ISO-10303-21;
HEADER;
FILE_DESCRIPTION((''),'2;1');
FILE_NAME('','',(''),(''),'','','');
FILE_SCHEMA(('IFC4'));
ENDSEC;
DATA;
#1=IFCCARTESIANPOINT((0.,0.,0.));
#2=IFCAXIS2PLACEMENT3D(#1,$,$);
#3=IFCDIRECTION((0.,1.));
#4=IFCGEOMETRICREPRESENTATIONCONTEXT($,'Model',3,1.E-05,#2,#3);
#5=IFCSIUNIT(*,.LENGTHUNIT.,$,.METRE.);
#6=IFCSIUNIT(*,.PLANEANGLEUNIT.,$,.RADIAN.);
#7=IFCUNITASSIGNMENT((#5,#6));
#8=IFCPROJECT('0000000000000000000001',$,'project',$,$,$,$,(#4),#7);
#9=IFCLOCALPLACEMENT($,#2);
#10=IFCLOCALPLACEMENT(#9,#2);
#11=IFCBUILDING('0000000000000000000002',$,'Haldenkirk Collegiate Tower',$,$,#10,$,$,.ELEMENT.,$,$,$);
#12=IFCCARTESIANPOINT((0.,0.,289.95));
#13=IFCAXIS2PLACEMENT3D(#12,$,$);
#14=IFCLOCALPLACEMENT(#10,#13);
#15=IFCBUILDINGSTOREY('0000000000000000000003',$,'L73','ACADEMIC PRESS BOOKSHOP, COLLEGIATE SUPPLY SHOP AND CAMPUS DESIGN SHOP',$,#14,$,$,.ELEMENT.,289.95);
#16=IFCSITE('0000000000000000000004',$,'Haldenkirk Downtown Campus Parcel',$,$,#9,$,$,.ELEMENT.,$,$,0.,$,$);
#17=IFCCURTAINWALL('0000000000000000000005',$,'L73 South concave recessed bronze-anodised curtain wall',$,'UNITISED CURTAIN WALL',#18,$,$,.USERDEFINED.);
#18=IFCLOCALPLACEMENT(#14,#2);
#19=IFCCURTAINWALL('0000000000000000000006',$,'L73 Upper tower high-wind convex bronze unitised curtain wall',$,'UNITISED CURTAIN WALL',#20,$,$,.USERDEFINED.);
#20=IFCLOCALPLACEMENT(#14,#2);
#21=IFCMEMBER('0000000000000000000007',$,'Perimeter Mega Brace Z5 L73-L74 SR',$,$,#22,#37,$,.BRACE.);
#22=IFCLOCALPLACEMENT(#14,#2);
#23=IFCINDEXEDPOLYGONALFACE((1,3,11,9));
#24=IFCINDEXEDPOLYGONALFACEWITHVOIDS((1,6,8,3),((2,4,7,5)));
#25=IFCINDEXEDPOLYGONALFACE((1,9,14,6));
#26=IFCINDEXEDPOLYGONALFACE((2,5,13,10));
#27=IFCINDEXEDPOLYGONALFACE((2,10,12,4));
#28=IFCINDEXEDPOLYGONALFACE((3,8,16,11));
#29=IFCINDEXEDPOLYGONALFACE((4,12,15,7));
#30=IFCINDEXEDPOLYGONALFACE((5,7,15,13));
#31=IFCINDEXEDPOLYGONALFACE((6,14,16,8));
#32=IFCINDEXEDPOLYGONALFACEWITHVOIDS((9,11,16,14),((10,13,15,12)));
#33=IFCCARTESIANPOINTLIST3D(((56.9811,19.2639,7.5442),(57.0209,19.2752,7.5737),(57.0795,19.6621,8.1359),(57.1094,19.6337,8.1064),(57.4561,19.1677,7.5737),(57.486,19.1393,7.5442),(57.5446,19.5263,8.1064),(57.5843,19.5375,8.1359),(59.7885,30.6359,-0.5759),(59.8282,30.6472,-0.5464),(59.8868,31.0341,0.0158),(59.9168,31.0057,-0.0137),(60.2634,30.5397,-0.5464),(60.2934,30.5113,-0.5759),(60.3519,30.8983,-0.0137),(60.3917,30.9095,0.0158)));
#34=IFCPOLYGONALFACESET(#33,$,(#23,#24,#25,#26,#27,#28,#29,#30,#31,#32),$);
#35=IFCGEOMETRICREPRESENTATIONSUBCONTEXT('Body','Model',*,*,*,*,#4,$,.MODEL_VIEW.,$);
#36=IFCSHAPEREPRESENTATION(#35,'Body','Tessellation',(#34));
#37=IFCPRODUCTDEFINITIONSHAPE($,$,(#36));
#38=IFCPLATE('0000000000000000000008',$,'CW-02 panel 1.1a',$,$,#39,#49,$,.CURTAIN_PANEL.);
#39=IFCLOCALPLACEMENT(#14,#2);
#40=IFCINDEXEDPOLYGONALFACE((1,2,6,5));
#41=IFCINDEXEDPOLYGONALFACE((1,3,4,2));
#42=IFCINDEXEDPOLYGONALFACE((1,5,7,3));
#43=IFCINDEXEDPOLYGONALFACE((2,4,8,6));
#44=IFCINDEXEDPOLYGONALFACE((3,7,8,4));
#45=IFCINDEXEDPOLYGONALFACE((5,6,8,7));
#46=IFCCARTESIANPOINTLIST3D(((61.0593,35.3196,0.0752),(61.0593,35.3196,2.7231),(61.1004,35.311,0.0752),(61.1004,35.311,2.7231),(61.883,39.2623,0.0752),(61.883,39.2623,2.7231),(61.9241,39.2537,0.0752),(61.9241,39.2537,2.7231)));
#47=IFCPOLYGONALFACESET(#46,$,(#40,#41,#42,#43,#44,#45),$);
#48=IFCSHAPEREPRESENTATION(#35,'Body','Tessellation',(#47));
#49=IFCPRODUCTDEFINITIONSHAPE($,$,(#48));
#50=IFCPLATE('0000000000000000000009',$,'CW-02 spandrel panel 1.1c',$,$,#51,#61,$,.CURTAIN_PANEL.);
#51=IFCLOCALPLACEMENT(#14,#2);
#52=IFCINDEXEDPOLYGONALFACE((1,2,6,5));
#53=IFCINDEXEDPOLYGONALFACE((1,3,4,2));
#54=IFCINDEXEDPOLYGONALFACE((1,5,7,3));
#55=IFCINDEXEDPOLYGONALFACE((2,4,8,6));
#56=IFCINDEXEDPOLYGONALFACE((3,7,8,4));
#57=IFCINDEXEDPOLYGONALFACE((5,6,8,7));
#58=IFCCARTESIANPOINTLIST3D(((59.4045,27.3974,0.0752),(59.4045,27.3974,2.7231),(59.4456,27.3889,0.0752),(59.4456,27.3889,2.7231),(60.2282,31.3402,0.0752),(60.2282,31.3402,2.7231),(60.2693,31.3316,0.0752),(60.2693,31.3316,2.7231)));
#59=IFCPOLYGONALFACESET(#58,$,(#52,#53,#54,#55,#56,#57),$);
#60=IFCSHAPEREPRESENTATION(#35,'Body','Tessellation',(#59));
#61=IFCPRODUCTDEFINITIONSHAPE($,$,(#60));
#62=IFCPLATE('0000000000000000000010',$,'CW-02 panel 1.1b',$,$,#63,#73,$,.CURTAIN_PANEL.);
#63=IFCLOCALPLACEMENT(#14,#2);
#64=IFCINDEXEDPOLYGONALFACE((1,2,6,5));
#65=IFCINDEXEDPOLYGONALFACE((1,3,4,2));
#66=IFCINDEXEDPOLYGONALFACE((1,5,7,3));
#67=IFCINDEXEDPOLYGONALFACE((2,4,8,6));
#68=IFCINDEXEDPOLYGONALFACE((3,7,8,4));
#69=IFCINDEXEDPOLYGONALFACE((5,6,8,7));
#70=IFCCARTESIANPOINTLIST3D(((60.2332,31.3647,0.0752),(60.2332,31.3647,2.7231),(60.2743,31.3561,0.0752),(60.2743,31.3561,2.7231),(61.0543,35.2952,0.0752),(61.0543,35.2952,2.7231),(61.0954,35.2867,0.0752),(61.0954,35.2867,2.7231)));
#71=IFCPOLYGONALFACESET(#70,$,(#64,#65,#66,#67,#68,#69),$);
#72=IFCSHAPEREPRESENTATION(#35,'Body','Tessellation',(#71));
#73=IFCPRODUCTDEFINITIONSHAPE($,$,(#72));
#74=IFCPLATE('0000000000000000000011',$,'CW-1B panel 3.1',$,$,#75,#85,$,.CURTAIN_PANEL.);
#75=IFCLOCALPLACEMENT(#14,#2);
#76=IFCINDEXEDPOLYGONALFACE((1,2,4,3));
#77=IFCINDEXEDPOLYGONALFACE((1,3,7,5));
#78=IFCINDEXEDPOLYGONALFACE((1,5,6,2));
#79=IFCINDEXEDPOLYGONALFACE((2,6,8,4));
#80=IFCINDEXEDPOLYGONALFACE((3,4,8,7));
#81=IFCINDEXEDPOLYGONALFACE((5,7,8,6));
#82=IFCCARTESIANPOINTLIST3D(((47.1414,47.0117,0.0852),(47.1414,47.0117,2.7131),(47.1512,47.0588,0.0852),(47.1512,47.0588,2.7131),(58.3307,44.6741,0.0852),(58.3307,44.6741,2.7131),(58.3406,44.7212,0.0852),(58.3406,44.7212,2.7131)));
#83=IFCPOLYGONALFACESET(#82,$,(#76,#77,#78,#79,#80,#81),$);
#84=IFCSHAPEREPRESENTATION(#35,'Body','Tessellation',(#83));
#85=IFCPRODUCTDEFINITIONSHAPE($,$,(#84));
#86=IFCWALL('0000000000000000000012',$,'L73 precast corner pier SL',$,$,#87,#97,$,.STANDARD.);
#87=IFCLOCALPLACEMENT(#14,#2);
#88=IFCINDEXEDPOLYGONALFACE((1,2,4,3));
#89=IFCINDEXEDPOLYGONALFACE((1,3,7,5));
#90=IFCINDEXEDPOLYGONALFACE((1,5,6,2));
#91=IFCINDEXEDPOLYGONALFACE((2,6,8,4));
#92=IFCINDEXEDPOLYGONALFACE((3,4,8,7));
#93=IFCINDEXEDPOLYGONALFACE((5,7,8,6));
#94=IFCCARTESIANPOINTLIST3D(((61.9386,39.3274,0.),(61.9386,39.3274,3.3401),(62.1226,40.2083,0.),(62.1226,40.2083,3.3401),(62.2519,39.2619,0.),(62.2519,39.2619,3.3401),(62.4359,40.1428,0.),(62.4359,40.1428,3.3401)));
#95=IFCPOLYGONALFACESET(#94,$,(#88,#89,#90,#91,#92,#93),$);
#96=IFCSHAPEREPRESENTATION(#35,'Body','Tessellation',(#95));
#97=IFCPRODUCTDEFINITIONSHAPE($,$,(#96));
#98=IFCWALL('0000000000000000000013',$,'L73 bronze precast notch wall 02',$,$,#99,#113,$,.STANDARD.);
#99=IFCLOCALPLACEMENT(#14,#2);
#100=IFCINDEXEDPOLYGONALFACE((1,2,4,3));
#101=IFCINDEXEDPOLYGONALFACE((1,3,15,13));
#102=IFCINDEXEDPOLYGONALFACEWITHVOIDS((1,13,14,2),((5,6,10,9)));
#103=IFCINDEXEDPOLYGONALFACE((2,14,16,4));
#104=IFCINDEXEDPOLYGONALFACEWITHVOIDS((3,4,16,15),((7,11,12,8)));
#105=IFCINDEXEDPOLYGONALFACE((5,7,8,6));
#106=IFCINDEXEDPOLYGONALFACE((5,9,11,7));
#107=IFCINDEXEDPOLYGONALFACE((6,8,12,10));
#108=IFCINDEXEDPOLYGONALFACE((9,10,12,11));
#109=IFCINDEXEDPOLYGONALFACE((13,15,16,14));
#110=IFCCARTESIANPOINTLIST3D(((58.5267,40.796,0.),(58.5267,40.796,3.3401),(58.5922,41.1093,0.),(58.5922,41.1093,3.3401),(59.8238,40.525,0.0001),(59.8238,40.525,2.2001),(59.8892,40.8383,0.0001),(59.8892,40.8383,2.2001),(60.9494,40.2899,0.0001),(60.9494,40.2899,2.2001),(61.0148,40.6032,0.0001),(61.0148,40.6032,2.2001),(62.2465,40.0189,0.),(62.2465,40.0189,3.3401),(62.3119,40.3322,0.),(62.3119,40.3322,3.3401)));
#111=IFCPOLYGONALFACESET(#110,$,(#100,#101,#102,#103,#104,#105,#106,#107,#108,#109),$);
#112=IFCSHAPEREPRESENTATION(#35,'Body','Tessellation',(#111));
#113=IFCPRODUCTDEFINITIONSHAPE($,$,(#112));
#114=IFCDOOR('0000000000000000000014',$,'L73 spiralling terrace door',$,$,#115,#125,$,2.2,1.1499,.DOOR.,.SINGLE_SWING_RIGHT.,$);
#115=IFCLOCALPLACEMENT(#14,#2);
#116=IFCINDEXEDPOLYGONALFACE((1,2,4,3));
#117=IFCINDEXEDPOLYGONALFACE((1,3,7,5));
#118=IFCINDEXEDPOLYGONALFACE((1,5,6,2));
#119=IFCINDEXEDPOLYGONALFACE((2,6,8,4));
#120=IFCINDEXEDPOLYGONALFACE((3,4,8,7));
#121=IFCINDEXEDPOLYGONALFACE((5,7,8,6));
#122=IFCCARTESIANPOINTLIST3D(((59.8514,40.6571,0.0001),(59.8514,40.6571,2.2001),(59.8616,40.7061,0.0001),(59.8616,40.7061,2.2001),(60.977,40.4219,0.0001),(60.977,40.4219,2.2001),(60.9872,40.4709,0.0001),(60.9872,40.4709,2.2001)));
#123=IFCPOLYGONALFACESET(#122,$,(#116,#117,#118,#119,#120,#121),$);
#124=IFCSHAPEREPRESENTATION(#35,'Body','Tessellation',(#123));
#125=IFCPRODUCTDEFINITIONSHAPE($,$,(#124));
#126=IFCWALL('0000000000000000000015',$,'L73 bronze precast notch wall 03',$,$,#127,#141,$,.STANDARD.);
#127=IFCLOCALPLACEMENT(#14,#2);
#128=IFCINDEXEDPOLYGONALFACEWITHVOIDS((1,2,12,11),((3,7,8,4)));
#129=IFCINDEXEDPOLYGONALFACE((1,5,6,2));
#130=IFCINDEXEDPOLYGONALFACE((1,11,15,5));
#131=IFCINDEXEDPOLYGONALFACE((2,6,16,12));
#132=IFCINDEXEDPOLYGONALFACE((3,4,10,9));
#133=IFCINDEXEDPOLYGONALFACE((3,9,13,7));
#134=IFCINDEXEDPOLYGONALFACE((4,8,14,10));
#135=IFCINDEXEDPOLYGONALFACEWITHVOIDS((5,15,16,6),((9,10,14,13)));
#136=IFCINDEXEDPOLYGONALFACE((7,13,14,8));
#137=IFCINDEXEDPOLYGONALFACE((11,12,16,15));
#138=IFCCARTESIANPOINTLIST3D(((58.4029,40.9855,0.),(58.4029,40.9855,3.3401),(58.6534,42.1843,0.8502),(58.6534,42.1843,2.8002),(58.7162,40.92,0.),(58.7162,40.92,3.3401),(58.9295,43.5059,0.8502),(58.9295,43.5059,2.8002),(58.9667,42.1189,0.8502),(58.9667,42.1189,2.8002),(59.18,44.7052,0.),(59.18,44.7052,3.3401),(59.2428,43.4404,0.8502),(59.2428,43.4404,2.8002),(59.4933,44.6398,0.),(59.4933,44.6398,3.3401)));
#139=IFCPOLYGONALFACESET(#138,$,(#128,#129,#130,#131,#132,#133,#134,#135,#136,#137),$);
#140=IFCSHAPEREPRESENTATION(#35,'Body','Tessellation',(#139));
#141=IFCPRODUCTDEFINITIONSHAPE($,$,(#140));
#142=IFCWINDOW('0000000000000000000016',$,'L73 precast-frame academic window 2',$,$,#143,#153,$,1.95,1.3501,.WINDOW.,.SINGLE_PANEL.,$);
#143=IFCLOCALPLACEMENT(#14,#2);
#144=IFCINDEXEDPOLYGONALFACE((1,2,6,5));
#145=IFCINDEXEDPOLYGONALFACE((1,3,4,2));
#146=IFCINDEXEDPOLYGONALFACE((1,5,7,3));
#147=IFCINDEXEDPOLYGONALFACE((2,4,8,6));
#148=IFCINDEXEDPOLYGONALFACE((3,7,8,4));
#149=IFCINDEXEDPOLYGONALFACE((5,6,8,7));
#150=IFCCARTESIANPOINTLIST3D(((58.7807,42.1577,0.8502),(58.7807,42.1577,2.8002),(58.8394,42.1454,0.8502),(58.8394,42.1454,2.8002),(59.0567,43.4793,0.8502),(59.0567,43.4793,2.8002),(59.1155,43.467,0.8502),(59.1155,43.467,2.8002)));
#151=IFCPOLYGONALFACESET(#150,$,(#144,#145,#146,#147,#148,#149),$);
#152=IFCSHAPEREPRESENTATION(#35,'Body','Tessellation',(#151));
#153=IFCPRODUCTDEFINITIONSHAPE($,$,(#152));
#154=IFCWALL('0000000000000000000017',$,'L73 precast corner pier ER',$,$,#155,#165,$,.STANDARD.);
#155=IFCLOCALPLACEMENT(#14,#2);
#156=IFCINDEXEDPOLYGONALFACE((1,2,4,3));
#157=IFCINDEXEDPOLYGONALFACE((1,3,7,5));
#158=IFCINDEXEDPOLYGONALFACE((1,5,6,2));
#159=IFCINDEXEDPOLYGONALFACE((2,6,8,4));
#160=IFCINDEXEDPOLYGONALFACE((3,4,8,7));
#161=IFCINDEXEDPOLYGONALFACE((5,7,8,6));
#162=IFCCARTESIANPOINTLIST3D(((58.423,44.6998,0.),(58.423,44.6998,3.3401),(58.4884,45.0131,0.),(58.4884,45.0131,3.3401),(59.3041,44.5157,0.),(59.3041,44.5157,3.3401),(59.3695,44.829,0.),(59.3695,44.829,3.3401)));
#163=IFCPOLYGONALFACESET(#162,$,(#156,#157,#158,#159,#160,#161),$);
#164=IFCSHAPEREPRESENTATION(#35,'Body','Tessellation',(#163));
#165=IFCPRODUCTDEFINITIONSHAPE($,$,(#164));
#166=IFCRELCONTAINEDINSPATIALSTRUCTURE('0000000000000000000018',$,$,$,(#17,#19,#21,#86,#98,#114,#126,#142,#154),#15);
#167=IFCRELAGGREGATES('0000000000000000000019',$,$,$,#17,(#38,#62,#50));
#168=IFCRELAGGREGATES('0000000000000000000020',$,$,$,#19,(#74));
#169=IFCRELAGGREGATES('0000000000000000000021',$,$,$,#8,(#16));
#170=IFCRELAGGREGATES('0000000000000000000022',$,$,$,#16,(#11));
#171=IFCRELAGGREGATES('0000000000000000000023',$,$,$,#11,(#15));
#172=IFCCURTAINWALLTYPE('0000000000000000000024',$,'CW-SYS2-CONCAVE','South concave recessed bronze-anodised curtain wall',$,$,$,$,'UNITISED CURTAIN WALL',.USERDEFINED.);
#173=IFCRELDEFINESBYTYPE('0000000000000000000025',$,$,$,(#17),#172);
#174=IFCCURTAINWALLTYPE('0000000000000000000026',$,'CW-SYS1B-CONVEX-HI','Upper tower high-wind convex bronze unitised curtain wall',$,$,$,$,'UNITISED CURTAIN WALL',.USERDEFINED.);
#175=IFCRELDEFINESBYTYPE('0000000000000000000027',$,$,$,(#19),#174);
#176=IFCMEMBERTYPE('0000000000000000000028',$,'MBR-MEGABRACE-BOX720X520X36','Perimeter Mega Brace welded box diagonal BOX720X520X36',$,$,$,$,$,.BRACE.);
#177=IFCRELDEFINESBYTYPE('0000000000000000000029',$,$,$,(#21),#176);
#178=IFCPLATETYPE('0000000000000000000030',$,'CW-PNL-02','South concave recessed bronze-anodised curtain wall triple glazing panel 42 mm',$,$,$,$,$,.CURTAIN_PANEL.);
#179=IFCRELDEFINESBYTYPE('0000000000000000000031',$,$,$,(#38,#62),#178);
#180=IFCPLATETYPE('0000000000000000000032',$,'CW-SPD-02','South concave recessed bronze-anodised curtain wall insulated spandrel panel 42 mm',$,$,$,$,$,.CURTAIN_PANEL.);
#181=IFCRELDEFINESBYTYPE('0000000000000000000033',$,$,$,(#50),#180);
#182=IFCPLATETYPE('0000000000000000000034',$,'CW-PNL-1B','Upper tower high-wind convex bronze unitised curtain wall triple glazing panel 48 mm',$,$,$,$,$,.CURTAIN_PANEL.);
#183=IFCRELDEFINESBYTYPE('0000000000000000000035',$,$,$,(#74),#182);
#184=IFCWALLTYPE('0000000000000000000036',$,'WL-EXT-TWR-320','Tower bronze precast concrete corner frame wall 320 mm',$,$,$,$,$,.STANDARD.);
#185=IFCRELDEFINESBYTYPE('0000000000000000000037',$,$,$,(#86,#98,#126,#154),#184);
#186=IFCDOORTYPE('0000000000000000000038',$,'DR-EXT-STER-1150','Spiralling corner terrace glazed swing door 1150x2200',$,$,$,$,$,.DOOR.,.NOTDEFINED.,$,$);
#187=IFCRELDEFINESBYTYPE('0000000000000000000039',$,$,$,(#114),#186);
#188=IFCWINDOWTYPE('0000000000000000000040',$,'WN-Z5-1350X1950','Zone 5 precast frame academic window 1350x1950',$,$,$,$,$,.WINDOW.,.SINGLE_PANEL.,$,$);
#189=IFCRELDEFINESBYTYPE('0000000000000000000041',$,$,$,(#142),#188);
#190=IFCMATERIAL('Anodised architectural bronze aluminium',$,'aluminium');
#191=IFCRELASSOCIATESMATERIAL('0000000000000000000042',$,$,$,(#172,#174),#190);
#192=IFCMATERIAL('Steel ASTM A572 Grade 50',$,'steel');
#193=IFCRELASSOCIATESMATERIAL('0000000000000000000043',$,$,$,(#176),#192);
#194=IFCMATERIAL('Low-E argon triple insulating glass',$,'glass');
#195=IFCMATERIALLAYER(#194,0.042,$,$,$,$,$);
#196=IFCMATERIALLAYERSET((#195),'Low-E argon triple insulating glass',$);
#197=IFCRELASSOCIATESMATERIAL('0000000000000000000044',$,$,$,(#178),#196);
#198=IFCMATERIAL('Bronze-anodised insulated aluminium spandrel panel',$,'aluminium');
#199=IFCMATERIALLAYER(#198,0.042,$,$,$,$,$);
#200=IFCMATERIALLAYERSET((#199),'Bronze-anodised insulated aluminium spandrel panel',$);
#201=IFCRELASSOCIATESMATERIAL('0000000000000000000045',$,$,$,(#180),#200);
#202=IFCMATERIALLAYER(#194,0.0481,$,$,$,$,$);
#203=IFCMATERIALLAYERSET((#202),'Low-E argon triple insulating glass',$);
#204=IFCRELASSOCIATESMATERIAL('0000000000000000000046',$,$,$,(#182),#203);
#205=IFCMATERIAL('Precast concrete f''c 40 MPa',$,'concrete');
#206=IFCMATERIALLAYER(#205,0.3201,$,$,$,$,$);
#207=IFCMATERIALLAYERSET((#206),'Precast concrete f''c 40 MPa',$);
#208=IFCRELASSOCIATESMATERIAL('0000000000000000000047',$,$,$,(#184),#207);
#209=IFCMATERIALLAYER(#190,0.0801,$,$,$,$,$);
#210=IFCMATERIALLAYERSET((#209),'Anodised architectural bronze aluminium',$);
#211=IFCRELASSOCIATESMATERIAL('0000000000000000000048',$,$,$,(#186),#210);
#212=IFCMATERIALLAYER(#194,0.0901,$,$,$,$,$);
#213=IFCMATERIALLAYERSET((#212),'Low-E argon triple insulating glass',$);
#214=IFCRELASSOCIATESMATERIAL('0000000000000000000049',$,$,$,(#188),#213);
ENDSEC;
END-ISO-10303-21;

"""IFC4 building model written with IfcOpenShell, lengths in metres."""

from ifc_helpers import new_model, si_unit, direction, frame, frame_2d, origin, origin_2d, place, context, subcontext, project, spatial, rectangle, hollow_rectangle, extrude, source, transform, mapped, material, layer, layer_set, material_profile, profile_set, type_object, element, fill, aggregate, save


model = new_model("IFC4")

# Units and contexts
model_context = context("Model", 3, precision=1e-05, world=origin(), true_north=direction((0.0, 1.0)))
body_context = subcontext(model_context, "Body", "Model", "MODEL_VIEW")
ifc_project = project(units=[si_unit("LENGTHUNIT", "METRE"), si_unit("PLANEANGLEUNIT", "RADIAN")], contexts=[model_context])

# Site, building, storey
site_placement = place(None, origin())
site = spatial("IfcSite", under=ifc_project, at=site_placement, Name="Haldenkirk Downtown Campus Parcel", CompositionType="ELEMENT", RefElevation=0.0)
building_placement = place(site_placement, origin())
building = spatial("IfcBuilding", under=site, at=building_placement, Name="Haldenkirk Collegiate Tower", CompositionType="ELEMENT")
storey_placement = place(building_placement, frame((0.0, 0.0, 289.95)))
storey = spatial("IfcBuildingStorey", under=building, at=storey_placement, Name="L73", Description="ACADEMIC PRESS BOOKSHOP, COLLEGIATE SUPPLY SHOP AND CAMPUS DESIGN SHOP", CompositionType="ELEMENT", Elevation=289.95)

# Shared definitions
ifc_material_1 = material(Name="Steel ASTM A572 Grade 50", Category="steel")

# Curtain wall
ifc_material_2 = material(Name="Anodised architectural bronze aluminium", Category="aluminium")
curtain_wall_type_1 = type_object("IfcCurtainWallType", Name="CW-SYS2-CONCAVE", Description="South concave recessed bronze-anodised curtain wall", ElementType="UNITISED CURTAIN WALL", PredefinedType="USERDEFINED", material=ifc_material_2)
curtain_wall_1_placement = place(storey_placement, origin())
curtain_wall_1 = element("IfcCurtainWall", 1, at=curtain_wall_1_placement, inside=storey, type_object=curtain_wall_type_1, Name="L73 South concave recessed bronze-anodised curtain wall", ObjectType="UNITISED CURTAIN WALL", PredefinedType="USERDEFINED")

# Curtain wall
curtain_wall_type_2 = type_object("IfcCurtainWallType", Name="CW-SYS1B-CONVEX-HI", Description="Upper tower high-wind convex bronze unitised curtain wall", ElementType="UNITISED CURTAIN WALL", PredefinedType="USERDEFINED", material=ifc_material_2)
curtain_wall_2_placement = place(storey_placement, origin())
curtain_wall_2 = element("IfcCurtainWall", 2, at=curtain_wall_2_placement, inside=storey, type_object=curtain_wall_type_2, Name="L73 Upper tower high-wind convex bronze unitised curtain wall", ObjectType="UNITISED CURTAIN WALL", PredefinedType="USERDEFINED")

# Member
ifc_material_profile_1 = material_profile(ifc_material_1, hollow_rectangle(XDim=0.52, YDim=0.72, WallThickness=0.0359, at=origin_2d()), Name="BOX720X520X36")
ifc_profile_set_1 = profile_set([ifc_material_profile_1], Name="Steel ASTM A572 Grade 50")
member_type_1 = type_object("IfcMemberType", Name="MBR-MEGABRACE-BOX720X520X36", Description="Perimeter Mega Brace welded box diagonal BOX720X520X36", PredefinedType="BRACE", material=ifc_profile_set_1)
member_1_placement = place(storey_placement, frame((60.0901, 30.7727, -0.28), z_axis=(-0.19697, -0.797885, 0.569722), x_axis=(0.970854, -0.239671, 0.0)))
element("IfcMember", 3, at=member_1_placement, inside=storey, type_object=member_type_1, Name="Perimeter Mega Brace Z5 L73-L74 SR", PredefinedType="BRACE", context=body_context, shape_type="SweptSolid", body=[
    extrude(hollow_rectangle(XDim=0.52, YDim=0.72, WallThickness=0.0359, at=origin_2d()), origin(), (0.0, 0.0, 1.0), 14.2527),
])

# Plates
ifc_material_3 = material(Name="Low-E argon triple insulating glass", Category="glass")
ifc_layer_1 = layer(ifc_material_3, 0.042)
ifc_layer_set_1 = layer_set([ifc_layer_1], Name="Low-E argon triple insulating glass")
plate_type_1 = type_object("IfcPlateType", Name="CW-PNL-02", Description="South concave recessed bronze-anodised curtain wall triple glazing panel 42 mm", PredefinedType="CURTAIN_PANEL", material=ifc_layer_set_1)
shared_shape_1 = source(origin(), body_context, "Body", "SweptSolid", [
    extrude(rectangle(XDim=4.0278, YDim=0.042, at=origin_2d()), origin(), (0.0, 0.0, 1.0), 2.6479),
])
plate_1_placement = place(storey_placement, frame((61.4917, 37.2866, 0.0752), z_axis=(0.0, 0.0, 1.0), x_axis=(-0.204499, -0.978867, 0.0)))
plate_1 = element("IfcPlate", 4, at=plate_1_placement, type_object=plate_type_1, Name="CW-02 panel 1.1a", PredefinedType="CURTAIN_PANEL", context=body_context, shape_type="MappedRepresentation", body=[
    mapped(shared_shape_1, transform((0.0, 0.0, 0.0), x_axis=(1.0, 0.0, 0.0), y_axis=(0.0, 1.0, 0.0), z_axis=(0.0, 0.0, 1.0), scale=1.0)),
])
ifc_material_4 = material(Name="Bronze-anodised insulated aluminium spandrel panel", Category="aluminium")
ifc_layer_2 = layer(ifc_material_4, 0.042)
ifc_layer_set_2 = layer_set([ifc_layer_2], Name="Bronze-anodised insulated aluminium spandrel panel")
plate_type_2 = type_object("IfcPlateType", Name="CW-SPD-02", Description="South concave recessed bronze-anodised curtain wall insulated spandrel panel 42 mm", PredefinedType="CURTAIN_PANEL", material=ifc_layer_set_2)
plate_2_placement = place(storey_placement, frame((59.8369, 29.3645, 0.0752), z_axis=(0.0, 0.0, 1.0), x_axis=(-0.204499, -0.978867, 0.0)))
plate_2 = element("IfcPlate", 5, at=plate_2_placement, type_object=plate_type_2, Name="CW-02 spandrel panel 1.1c", PredefinedType="CURTAIN_PANEL", context=body_context, shape_type="MappedRepresentation", body=[
    mapped(shared_shape_1, transform((0.0, 0.0, 0.0), x_axis=(1.0, 0.0, 0.0), y_axis=(0.0, 1.0, 0.0), z_axis=(0.0, 0.0, 1.0), scale=1.0)),
])
shared_shape_2 = source(origin(), body_context, "Body", "SweptSolid", [
    extrude(rectangle(XDim=4.0154, YDim=0.042, at=origin_2d()), origin(), (0.0, 0.0, 1.0), 2.6479),
])
plate_3_placement = place(storey_placement, frame((60.6643, 33.3257, 0.0752), z_axis=(0.0, 0.0, 1.0), x_axis=(-0.204499, -0.978867, 0.0)))
plate_3 = element("IfcPlate", 6, at=plate_3_placement, type_object=plate_type_1, Name="CW-02 panel 1.1b", PredefinedType="CURTAIN_PANEL", context=body_context, shape_type="MappedRepresentation", body=[
    mapped(shared_shape_2, transform((0.0, 0.0, 0.0), x_axis=(1.0, 0.0, 0.0), y_axis=(0.0, 1.0, 0.0), z_axis=(0.0, 0.0, 1.0), scale=1.0)),
])
aggregate(curtain_wall_1, [plate_1, plate_3, plate_2])
ifc_layer_3 = layer(ifc_material_3, 0.0481)
ifc_layer_set_3 = layer_set([ifc_layer_3], Name="Low-E argon triple insulating glass")
plate_type_3 = type_object("IfcPlateType", Name="CW-PNL-1B", Description="Upper tower high-wind convex bronze unitised curtain wall triple glazing panel 48 mm", PredefinedType="CURTAIN_PANEL", material=ifc_layer_set_3)
shared_shape_3 = source(origin(), body_context, "Body", "SweptSolid", [
    extrude(rectangle(XDim=11.4309, YDim=0.0481, at=origin_2d()), origin(), (0.0, 0.0, 1.0), 2.6279),
])
plate_4_placement = place(storey_placement, frame((52.741, 45.8665, 0.0852), z_axis=(0.0, 0.0, 1.0), x_axis=(0.978867, -0.204496, 0.0)))
plate_4 = element("IfcPlate", 7, at=plate_4_placement, type_object=plate_type_3, Name="CW-1B panel 3.1", PredefinedType="CURTAIN_PANEL", context=body_context, shape_type="MappedRepresentation", body=[
    mapped(shared_shape_3, transform((0.0, 0.0, 0.0), x_axis=(1.0, 0.0, 0.0), y_axis=(0.0, 1.0, 0.0), z_axis=(0.0, 0.0, 1.0), scale=1.0)),
])
aggregate(curtain_wall_2, [plate_4])

# Wall
ifc_material_5 = material(Name="Precast concrete f'c 40 MPa", Category="concrete")
ifc_layer_4 = layer(ifc_material_5, 0.3201)
ifc_layer_set_4 = layer_set([ifc_layer_4], Name="Precast concrete f'c 40 MPa")
wall_type_1 = type_object("IfcWallType", Name="WL-EXT-TWR-320", Description="Tower bronze precast concrete corner frame wall 320 mm", PredefinedType="STANDARD", material=ifc_layer_set_4)
wall_1_placement = place(storey_placement, frame((62.2793, 40.1755, 0.0), z_axis=(0.0, 0.0, 1.0), x_axis=(-0.204561, -0.978854, 0.0)))
element("IfcWall", 8, at=wall_1_placement, inside=storey, type_object=wall_type_1, Name="L73 precast corner pier SL", PredefinedType="STANDARD", context=body_context, shape_type="SweptSolid", body=[
    extrude(rectangle(XDim=0.8999, YDim=0.3201, at=frame_2d((0.45, 0.0))), origin(), (0.0, 0.0, 1.0), 3.3401),
])

# Wall, opening, door
wall_2_placement = place(storey_placement, frame((58.5596, 40.9526, 0.0), z_axis=(0.0, 0.0, 1.0), x_axis=(0.978867, -0.204498, 0.0)))
wall_2 = element("IfcWall", 9, at=wall_2_placement, inside=storey, type_object=wall_type_1, Name="L73 bronze precast notch wall 02", PredefinedType="STANDARD", context=body_context, shape_type="SweptSolid", body=[
    extrude(rectangle(XDim=3.8, YDim=0.3201, at=frame_2d((1.8999, 0.0))), origin(), (0.0, 0.0, 1.0), 3.3401),
])
opening_1_placement = place(wall_2_placement, frame((1.325, 0.0, 0.0)))
opening_1 = element("IfcOpeningElement", 10, at=opening_1_placement, cuts=wall_2, PredefinedType="OPENING", context=body_context, shape_type="SweptSolid", body=[
    extrude(rectangle(XDim=1.1499, YDim=2.2, at=frame_2d((0.575, 1.1001))), frame((0.0, 0.1699, 0.0), z_axis=(0.0, -1.0, 0.0), x_axis=(1.0, 0.0, 0.0)), (0.0, 0.0, 1.0), 0.3401),
])
ifc_layer_5 = layer(ifc_material_2, 0.0801)
ifc_layer_set_5 = layer_set([ifc_layer_5], Name="Anodised architectural bronze aluminium")
door_type_1 = type_object("IfcDoorType", Name="DR-EXT-STER-1150", Description="Spiralling corner terrace glazed swing door 1150x2200", OperationType="NOTDEFINED", PredefinedType="DOOR", material=ifc_layer_set_5)
door_1_placement = place(opening_1_placement, origin())
door_1 = element("IfcDoor", 11, at=door_1_placement, inside=storey, type_object=door_type_1, Name="L73 spiralling terrace door", OperationType="SINGLE_SWING_RIGHT", OverallHeight=2.2, OverallWidth=1.1499, PredefinedType="DOOR", context=body_context, shape_type="SweptSolid", body=[
    extrude(rectangle(XDim=1.1499, YDim=2.2, at=frame_2d((0.575, 1.1001))), frame((0.0, 0.0249, 0.0), z_axis=(0.0, -1.0, 0.0), x_axis=(1.0, 0.0, 0.0)), (0.0, 0.0, 1.0), 0.05),
])
fill(opening_1, door_1)

# Wall, opening, window
wall_3_placement = place(storey_placement, frame((59.3367, 44.6724, 0.0), z_axis=(0.0, 0.0, 1.0), x_axis=(-0.204498, -0.978867, 0.0)))
wall_3 = element("IfcWall", 12, at=wall_3_placement, inside=storey, type_object=wall_type_1, Name="L73 bronze precast notch wall 03", PredefinedType="STANDARD", context=body_context, shape_type="SweptSolid", body=[
    extrude(rectangle(XDim=3.8, YDim=0.3201, at=frame_2d((1.8999, 0.0))), origin(), (0.0, 0.0, 1.0), 3.3401),
])
opening_2_placement = place(wall_3_placement, frame((1.2251, 0.0, 0.8501)))
opening_2 = element("IfcOpeningElement", 13, at=opening_2_placement, cuts=wall_3, PredefinedType="OPENING", context=body_context, shape_type="SweptSolid", body=[
    extrude(rectangle(XDim=1.3501, YDim=1.95, at=frame_2d((0.675, 0.9751))), frame((0.0, 0.1699, 0.0), z_axis=(0.0, -1.0, 0.0), x_axis=(1.0, 0.0, 0.0)), (0.0, 0.0, 1.0), 0.3401),
])
ifc_layer_6 = layer(ifc_material_3, 0.0901)
ifc_layer_set_6 = layer_set([ifc_layer_6], Name="Low-E argon triple insulating glass")
window_type = type_object("IfcWindowType", Name="WN-Z5-1350X1950", Description="Zone 5 precast frame academic window 1350x1950", PartitioningType="SINGLE_PANEL", PredefinedType="WINDOW", material=ifc_layer_set_6)
window_placement = place(opening_2_placement, origin())
window = element("IfcWindow", 14, at=window_placement, inside=storey, type_object=window_type, Name="L73 precast-frame academic window 2", OverallHeight=1.95, OverallWidth=1.3501, PartitioningType="SINGLE_PANEL", PredefinedType="WINDOW", context=body_context, shape_type="SweptSolid", body=[
    extrude(rectangle(XDim=1.3501, YDim=1.95, at=frame_2d((0.675, 0.9751))), frame((0.0, 0.03, 0.0), z_axis=(0.0, -1.0, 0.0), x_axis=(1.0, 0.0, 0.0)), (0.0, 0.0, 1.0), 0.0601),
])
fill(opening_2, window)

# Wall
wall_4_placement = place(storey_placement, frame((58.4556, 44.8564, 0.0), z_axis=(0.0, 0.0, 1.0), x_axis=(0.978865, -0.204507, 0.0)))
element("IfcWall", 15, at=wall_4_placement, inside=storey, type_object=wall_type_1, Name="L73 precast corner pier ER", PredefinedType="STANDARD", context=body_context, shape_type="SweptSolid", body=[
    extrude(rectangle(XDim=0.9001, YDim=0.3201, at=frame_2d((0.4502, 0.0))), origin(), (0.0, 0.0, 1.0), 3.3401),
])

save(model, "model.ifc")
